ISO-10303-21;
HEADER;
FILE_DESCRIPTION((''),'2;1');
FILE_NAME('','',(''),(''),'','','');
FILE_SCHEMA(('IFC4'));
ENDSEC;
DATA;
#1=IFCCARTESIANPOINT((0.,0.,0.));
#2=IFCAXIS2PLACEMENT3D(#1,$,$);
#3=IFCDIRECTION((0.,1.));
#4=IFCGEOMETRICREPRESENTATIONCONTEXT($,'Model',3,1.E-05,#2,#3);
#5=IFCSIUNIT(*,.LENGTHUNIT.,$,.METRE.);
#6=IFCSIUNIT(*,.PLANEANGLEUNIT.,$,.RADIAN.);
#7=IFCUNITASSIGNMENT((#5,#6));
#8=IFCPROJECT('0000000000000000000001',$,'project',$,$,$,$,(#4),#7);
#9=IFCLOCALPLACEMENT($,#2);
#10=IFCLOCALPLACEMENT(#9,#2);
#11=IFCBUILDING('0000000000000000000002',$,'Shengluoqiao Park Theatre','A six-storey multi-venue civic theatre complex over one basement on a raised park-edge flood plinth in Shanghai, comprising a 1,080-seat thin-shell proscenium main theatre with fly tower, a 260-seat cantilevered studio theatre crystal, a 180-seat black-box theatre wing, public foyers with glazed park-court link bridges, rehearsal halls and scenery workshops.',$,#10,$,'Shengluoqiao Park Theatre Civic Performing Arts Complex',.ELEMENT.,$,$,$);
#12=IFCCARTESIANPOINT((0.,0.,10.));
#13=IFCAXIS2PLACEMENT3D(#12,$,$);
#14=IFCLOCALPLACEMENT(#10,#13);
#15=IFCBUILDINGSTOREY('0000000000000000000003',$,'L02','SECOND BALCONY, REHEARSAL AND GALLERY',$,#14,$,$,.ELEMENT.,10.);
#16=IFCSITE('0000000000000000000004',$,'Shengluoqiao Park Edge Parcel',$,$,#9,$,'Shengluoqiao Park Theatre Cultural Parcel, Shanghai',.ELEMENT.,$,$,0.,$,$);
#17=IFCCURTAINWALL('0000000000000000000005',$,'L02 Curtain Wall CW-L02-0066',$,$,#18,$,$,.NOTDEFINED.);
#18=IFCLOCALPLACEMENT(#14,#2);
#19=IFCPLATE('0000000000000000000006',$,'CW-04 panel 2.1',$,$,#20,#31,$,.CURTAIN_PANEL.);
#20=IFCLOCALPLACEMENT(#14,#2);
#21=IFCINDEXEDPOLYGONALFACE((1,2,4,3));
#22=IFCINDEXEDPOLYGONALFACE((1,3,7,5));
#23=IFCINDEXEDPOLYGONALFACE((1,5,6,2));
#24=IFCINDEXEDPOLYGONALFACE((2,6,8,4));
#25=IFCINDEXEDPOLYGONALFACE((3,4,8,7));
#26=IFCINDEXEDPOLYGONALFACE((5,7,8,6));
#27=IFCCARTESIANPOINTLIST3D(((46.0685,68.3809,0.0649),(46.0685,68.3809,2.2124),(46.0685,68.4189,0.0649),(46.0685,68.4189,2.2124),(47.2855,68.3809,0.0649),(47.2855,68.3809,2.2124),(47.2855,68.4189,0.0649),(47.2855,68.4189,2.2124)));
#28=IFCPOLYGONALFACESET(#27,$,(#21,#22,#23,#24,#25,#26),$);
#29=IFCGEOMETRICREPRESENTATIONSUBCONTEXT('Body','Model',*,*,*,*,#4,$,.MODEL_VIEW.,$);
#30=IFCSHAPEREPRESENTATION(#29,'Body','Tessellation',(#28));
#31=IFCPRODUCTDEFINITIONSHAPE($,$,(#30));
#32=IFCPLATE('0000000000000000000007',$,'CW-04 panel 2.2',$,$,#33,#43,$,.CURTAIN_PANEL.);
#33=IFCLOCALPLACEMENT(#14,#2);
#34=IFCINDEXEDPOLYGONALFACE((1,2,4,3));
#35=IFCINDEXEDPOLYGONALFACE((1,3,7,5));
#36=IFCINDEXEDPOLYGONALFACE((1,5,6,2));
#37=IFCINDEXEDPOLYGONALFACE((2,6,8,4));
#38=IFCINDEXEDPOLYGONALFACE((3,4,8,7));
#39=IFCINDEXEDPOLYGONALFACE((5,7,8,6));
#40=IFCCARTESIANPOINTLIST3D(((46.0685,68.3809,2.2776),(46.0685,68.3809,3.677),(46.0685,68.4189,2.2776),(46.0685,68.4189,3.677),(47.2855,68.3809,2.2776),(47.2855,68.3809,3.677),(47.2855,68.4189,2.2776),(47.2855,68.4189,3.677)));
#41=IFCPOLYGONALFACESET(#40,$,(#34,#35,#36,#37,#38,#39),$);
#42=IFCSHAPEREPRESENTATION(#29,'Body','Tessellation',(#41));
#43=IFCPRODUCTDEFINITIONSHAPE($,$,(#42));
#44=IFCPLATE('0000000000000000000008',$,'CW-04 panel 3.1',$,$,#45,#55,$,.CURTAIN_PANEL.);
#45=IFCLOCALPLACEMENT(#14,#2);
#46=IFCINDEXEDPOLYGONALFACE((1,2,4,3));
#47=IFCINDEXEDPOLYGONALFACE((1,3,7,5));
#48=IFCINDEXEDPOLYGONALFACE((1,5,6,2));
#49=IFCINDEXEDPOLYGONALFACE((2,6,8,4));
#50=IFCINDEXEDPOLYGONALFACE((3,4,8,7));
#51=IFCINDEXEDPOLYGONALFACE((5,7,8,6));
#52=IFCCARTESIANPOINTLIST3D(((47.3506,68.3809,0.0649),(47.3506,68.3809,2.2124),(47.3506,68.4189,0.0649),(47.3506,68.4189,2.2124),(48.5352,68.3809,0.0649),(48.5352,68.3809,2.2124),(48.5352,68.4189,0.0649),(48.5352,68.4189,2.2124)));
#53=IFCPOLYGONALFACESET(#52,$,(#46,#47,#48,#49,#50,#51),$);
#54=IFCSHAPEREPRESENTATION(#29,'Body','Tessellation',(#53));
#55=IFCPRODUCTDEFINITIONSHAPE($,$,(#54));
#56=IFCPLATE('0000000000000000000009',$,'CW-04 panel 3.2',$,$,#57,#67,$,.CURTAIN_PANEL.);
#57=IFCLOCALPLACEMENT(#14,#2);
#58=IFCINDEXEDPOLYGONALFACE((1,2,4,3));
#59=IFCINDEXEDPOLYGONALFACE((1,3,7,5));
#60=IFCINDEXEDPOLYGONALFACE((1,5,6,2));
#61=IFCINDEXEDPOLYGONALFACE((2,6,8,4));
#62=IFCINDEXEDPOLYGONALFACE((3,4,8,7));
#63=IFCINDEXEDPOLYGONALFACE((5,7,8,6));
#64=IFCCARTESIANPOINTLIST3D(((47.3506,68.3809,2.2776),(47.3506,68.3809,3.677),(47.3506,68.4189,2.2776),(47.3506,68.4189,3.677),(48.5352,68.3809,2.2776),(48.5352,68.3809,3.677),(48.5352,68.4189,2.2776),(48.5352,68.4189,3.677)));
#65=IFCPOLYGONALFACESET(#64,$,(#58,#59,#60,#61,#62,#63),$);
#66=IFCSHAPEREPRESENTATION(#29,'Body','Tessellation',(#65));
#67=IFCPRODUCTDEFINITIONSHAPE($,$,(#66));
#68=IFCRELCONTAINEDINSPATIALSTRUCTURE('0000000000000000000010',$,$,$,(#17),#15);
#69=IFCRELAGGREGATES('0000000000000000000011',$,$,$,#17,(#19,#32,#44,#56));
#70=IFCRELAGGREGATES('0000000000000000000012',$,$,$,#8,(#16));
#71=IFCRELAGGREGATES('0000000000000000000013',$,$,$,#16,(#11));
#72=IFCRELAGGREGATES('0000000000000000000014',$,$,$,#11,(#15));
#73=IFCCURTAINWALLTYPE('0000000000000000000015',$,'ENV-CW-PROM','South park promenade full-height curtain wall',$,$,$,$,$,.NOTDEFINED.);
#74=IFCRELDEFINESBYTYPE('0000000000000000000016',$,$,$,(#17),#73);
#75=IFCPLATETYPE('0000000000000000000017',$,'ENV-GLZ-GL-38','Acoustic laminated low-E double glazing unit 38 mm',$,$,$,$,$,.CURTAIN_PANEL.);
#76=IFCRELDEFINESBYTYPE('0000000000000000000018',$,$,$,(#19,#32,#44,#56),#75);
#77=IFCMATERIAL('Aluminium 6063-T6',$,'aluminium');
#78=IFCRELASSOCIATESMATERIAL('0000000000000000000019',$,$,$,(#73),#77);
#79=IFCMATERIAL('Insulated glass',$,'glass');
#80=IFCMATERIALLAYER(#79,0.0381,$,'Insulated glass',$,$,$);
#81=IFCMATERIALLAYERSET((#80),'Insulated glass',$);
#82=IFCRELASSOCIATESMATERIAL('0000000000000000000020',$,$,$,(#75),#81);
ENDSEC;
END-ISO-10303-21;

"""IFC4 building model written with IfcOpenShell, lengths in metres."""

from ifc_helpers import new_model, si_unit, direction, frame, origin, origin_2d, place, context, subcontext, project, spatial, rectangle, extrude, material, layer, layer_set, type_object, element, aggregate, save


model = new_model("IFC4")

# Units and contexts
model_context = context("Model", 3, precision=1e-05, world=origin(), true_north=direction((0.0, 1.0)))
body_context = subcontext(model_context, "Body", "Model", "MODEL_VIEW")
ifc_project = project(units=[si_unit("LENGTHUNIT", "METRE"), si_unit("PLANEANGLEUNIT", "RADIAN")], contexts=[model_context])

# Site, building, storey
site_placement = place(None, origin())
site = spatial("IfcSite", under=ifc_project, at=site_placement, Name="Shengluoqiao Park Edge Parcel", LongName="Shengluoqiao Park Theatre Cultural Parcel, Shanghai", CompositionType="ELEMENT", RefElevation=0.0)
building_placement = place(site_placement, origin())
building = spatial("IfcBuilding", under=site, at=building_placement, Name="Shengluoqiao Park Theatre", Description="A six-storey multi-venue civic theatre complex over one basement on a raised park-edge flood plinth in Shanghai, comprising a 1,080-seat thin-shell proscenium main theatre with fly tower, a 260-seat cantilevered studio theatre crystal, a 180-seat black-box theatre wing, public foyers with glazed park-court link bridges, rehearsal halls and scenery workshops.", LongName="Shengluoqiao Park Theatre Civic Performing Arts Complex", CompositionType="ELEMENT")
storey_placement = place(building_placement, frame((0.0, 0.0, 10.0)))
storey = spatial("IfcBuildingStorey", under=building, at=storey_placement, Name="L02", Description="SECOND BALCONY, REHEARSAL AND GALLERY", CompositionType="ELEMENT", Elevation=10.0)

# Curtain wall
ifc_material_1 = material(Name="Aluminium 6063-T6", Category="aluminium")
curtain_wall_type = type_object("IfcCurtainWallType", Name="ENV-CW-PROM", Description="South park promenade full-height curtain wall", PredefinedType="NOTDEFINED", material=ifc_material_1)
curtain_wall_1_placement = place(storey_placement, origin())
curtain_wall_1 = element("IfcCurtainWall", 1, at=curtain_wall_1_placement, inside=storey, type_object=curtain_wall_type, Name="L02 Curtain Wall CW-L02-0066", PredefinedType="NOTDEFINED")

# Plates
ifc_material_2 = material(Name="Insulated glass", Category="glass")
ifc_layer = layer(ifc_material_2, 0.0381, Name="Insulated glass")
ifc_layer_set = layer_set([ifc_layer], Name="Insulated glass")
plate_type = type_object("IfcPlateType", Name="ENV-GLZ-GL-38", Description="Acoustic laminated low-E double glazing unit 38 mm", PredefinedType="CURTAIN_PANEL", material=ifc_layer_set)
plate_1_placement = place(storey_placement, frame((46.677, 68.3999, 0.0649), z_axis=(0.0, 0.0, 1.0), x_axis=(1.0, 0.0, 0.0)))
plate_1 = element("IfcPlate", 2, at=plate_1_placement, type_object=plate_type, Name="CW-04 panel 2.1", PredefinedType="CURTAIN_PANEL", context=body_context, shape_type="SweptSolid", body=[
    extrude(rectangle(XDim=1.217, YDim=0.0381, at=origin_2d()), origin(), (0.0, 0.0, 1.0), 2.1475),
])
plate_2_placement = place(storey_placement, frame((46.677, 68.3999, 2.2776), z_axis=(0.0, 0.0, 1.0), x_axis=(1.0, 0.0, 0.0)))
plate_2 = element("IfcPlate", 3, at=plate_2_placement, type_object=plate_type, Name="CW-04 panel 2.2", PredefinedType="CURTAIN_PANEL", context=body_context, shape_type="SweptSolid", body=[
    extrude(rectangle(XDim=1.217, YDim=0.0381, at=origin_2d()), origin(), (0.0, 0.0, 1.0), 1.3994),
])
plate_3_placement = place(storey_placement, frame((47.9429, 68.3999, 0.0649), z_axis=(0.0, 0.0, 1.0), x_axis=(1.0, 0.0, 0.0)))
plate_3 = element("IfcPlate", 4, at=plate_3_placement, type_object=plate_type, Name="CW-04 panel 3.1", PredefinedType="CURTAIN_PANEL", context=body_context, shape_type="SweptSolid", body=[
    extrude(rectangle(XDim=1.1846, YDim=0.0381, at=origin_2d()), origin(), (0.0, 0.0, 1.0), 2.1475),
])
plate_4_placement = place(storey_placement, frame((47.9429, 68.3999, 2.2776), z_axis=(0.0, 0.0, 1.0), x_axis=(1.0, 0.0, 0.0)))
plate_4 = element("IfcPlate", 5, at=plate_4_placement, type_object=plate_type, Name="CW-04 panel 3.2", PredefinedType="CURTAIN_PANEL", context=body_context, shape_type="SweptSolid", body=[
    extrude(rectangle(XDim=1.1846, YDim=0.0381, at=origin_2d()), origin(), (0.0, 0.0, 1.0), 1.3994),
])
aggregate(curtain_wall_1, [plate_1, plate_2, plate_3, plate_4])

save(model, "model.ifc")
